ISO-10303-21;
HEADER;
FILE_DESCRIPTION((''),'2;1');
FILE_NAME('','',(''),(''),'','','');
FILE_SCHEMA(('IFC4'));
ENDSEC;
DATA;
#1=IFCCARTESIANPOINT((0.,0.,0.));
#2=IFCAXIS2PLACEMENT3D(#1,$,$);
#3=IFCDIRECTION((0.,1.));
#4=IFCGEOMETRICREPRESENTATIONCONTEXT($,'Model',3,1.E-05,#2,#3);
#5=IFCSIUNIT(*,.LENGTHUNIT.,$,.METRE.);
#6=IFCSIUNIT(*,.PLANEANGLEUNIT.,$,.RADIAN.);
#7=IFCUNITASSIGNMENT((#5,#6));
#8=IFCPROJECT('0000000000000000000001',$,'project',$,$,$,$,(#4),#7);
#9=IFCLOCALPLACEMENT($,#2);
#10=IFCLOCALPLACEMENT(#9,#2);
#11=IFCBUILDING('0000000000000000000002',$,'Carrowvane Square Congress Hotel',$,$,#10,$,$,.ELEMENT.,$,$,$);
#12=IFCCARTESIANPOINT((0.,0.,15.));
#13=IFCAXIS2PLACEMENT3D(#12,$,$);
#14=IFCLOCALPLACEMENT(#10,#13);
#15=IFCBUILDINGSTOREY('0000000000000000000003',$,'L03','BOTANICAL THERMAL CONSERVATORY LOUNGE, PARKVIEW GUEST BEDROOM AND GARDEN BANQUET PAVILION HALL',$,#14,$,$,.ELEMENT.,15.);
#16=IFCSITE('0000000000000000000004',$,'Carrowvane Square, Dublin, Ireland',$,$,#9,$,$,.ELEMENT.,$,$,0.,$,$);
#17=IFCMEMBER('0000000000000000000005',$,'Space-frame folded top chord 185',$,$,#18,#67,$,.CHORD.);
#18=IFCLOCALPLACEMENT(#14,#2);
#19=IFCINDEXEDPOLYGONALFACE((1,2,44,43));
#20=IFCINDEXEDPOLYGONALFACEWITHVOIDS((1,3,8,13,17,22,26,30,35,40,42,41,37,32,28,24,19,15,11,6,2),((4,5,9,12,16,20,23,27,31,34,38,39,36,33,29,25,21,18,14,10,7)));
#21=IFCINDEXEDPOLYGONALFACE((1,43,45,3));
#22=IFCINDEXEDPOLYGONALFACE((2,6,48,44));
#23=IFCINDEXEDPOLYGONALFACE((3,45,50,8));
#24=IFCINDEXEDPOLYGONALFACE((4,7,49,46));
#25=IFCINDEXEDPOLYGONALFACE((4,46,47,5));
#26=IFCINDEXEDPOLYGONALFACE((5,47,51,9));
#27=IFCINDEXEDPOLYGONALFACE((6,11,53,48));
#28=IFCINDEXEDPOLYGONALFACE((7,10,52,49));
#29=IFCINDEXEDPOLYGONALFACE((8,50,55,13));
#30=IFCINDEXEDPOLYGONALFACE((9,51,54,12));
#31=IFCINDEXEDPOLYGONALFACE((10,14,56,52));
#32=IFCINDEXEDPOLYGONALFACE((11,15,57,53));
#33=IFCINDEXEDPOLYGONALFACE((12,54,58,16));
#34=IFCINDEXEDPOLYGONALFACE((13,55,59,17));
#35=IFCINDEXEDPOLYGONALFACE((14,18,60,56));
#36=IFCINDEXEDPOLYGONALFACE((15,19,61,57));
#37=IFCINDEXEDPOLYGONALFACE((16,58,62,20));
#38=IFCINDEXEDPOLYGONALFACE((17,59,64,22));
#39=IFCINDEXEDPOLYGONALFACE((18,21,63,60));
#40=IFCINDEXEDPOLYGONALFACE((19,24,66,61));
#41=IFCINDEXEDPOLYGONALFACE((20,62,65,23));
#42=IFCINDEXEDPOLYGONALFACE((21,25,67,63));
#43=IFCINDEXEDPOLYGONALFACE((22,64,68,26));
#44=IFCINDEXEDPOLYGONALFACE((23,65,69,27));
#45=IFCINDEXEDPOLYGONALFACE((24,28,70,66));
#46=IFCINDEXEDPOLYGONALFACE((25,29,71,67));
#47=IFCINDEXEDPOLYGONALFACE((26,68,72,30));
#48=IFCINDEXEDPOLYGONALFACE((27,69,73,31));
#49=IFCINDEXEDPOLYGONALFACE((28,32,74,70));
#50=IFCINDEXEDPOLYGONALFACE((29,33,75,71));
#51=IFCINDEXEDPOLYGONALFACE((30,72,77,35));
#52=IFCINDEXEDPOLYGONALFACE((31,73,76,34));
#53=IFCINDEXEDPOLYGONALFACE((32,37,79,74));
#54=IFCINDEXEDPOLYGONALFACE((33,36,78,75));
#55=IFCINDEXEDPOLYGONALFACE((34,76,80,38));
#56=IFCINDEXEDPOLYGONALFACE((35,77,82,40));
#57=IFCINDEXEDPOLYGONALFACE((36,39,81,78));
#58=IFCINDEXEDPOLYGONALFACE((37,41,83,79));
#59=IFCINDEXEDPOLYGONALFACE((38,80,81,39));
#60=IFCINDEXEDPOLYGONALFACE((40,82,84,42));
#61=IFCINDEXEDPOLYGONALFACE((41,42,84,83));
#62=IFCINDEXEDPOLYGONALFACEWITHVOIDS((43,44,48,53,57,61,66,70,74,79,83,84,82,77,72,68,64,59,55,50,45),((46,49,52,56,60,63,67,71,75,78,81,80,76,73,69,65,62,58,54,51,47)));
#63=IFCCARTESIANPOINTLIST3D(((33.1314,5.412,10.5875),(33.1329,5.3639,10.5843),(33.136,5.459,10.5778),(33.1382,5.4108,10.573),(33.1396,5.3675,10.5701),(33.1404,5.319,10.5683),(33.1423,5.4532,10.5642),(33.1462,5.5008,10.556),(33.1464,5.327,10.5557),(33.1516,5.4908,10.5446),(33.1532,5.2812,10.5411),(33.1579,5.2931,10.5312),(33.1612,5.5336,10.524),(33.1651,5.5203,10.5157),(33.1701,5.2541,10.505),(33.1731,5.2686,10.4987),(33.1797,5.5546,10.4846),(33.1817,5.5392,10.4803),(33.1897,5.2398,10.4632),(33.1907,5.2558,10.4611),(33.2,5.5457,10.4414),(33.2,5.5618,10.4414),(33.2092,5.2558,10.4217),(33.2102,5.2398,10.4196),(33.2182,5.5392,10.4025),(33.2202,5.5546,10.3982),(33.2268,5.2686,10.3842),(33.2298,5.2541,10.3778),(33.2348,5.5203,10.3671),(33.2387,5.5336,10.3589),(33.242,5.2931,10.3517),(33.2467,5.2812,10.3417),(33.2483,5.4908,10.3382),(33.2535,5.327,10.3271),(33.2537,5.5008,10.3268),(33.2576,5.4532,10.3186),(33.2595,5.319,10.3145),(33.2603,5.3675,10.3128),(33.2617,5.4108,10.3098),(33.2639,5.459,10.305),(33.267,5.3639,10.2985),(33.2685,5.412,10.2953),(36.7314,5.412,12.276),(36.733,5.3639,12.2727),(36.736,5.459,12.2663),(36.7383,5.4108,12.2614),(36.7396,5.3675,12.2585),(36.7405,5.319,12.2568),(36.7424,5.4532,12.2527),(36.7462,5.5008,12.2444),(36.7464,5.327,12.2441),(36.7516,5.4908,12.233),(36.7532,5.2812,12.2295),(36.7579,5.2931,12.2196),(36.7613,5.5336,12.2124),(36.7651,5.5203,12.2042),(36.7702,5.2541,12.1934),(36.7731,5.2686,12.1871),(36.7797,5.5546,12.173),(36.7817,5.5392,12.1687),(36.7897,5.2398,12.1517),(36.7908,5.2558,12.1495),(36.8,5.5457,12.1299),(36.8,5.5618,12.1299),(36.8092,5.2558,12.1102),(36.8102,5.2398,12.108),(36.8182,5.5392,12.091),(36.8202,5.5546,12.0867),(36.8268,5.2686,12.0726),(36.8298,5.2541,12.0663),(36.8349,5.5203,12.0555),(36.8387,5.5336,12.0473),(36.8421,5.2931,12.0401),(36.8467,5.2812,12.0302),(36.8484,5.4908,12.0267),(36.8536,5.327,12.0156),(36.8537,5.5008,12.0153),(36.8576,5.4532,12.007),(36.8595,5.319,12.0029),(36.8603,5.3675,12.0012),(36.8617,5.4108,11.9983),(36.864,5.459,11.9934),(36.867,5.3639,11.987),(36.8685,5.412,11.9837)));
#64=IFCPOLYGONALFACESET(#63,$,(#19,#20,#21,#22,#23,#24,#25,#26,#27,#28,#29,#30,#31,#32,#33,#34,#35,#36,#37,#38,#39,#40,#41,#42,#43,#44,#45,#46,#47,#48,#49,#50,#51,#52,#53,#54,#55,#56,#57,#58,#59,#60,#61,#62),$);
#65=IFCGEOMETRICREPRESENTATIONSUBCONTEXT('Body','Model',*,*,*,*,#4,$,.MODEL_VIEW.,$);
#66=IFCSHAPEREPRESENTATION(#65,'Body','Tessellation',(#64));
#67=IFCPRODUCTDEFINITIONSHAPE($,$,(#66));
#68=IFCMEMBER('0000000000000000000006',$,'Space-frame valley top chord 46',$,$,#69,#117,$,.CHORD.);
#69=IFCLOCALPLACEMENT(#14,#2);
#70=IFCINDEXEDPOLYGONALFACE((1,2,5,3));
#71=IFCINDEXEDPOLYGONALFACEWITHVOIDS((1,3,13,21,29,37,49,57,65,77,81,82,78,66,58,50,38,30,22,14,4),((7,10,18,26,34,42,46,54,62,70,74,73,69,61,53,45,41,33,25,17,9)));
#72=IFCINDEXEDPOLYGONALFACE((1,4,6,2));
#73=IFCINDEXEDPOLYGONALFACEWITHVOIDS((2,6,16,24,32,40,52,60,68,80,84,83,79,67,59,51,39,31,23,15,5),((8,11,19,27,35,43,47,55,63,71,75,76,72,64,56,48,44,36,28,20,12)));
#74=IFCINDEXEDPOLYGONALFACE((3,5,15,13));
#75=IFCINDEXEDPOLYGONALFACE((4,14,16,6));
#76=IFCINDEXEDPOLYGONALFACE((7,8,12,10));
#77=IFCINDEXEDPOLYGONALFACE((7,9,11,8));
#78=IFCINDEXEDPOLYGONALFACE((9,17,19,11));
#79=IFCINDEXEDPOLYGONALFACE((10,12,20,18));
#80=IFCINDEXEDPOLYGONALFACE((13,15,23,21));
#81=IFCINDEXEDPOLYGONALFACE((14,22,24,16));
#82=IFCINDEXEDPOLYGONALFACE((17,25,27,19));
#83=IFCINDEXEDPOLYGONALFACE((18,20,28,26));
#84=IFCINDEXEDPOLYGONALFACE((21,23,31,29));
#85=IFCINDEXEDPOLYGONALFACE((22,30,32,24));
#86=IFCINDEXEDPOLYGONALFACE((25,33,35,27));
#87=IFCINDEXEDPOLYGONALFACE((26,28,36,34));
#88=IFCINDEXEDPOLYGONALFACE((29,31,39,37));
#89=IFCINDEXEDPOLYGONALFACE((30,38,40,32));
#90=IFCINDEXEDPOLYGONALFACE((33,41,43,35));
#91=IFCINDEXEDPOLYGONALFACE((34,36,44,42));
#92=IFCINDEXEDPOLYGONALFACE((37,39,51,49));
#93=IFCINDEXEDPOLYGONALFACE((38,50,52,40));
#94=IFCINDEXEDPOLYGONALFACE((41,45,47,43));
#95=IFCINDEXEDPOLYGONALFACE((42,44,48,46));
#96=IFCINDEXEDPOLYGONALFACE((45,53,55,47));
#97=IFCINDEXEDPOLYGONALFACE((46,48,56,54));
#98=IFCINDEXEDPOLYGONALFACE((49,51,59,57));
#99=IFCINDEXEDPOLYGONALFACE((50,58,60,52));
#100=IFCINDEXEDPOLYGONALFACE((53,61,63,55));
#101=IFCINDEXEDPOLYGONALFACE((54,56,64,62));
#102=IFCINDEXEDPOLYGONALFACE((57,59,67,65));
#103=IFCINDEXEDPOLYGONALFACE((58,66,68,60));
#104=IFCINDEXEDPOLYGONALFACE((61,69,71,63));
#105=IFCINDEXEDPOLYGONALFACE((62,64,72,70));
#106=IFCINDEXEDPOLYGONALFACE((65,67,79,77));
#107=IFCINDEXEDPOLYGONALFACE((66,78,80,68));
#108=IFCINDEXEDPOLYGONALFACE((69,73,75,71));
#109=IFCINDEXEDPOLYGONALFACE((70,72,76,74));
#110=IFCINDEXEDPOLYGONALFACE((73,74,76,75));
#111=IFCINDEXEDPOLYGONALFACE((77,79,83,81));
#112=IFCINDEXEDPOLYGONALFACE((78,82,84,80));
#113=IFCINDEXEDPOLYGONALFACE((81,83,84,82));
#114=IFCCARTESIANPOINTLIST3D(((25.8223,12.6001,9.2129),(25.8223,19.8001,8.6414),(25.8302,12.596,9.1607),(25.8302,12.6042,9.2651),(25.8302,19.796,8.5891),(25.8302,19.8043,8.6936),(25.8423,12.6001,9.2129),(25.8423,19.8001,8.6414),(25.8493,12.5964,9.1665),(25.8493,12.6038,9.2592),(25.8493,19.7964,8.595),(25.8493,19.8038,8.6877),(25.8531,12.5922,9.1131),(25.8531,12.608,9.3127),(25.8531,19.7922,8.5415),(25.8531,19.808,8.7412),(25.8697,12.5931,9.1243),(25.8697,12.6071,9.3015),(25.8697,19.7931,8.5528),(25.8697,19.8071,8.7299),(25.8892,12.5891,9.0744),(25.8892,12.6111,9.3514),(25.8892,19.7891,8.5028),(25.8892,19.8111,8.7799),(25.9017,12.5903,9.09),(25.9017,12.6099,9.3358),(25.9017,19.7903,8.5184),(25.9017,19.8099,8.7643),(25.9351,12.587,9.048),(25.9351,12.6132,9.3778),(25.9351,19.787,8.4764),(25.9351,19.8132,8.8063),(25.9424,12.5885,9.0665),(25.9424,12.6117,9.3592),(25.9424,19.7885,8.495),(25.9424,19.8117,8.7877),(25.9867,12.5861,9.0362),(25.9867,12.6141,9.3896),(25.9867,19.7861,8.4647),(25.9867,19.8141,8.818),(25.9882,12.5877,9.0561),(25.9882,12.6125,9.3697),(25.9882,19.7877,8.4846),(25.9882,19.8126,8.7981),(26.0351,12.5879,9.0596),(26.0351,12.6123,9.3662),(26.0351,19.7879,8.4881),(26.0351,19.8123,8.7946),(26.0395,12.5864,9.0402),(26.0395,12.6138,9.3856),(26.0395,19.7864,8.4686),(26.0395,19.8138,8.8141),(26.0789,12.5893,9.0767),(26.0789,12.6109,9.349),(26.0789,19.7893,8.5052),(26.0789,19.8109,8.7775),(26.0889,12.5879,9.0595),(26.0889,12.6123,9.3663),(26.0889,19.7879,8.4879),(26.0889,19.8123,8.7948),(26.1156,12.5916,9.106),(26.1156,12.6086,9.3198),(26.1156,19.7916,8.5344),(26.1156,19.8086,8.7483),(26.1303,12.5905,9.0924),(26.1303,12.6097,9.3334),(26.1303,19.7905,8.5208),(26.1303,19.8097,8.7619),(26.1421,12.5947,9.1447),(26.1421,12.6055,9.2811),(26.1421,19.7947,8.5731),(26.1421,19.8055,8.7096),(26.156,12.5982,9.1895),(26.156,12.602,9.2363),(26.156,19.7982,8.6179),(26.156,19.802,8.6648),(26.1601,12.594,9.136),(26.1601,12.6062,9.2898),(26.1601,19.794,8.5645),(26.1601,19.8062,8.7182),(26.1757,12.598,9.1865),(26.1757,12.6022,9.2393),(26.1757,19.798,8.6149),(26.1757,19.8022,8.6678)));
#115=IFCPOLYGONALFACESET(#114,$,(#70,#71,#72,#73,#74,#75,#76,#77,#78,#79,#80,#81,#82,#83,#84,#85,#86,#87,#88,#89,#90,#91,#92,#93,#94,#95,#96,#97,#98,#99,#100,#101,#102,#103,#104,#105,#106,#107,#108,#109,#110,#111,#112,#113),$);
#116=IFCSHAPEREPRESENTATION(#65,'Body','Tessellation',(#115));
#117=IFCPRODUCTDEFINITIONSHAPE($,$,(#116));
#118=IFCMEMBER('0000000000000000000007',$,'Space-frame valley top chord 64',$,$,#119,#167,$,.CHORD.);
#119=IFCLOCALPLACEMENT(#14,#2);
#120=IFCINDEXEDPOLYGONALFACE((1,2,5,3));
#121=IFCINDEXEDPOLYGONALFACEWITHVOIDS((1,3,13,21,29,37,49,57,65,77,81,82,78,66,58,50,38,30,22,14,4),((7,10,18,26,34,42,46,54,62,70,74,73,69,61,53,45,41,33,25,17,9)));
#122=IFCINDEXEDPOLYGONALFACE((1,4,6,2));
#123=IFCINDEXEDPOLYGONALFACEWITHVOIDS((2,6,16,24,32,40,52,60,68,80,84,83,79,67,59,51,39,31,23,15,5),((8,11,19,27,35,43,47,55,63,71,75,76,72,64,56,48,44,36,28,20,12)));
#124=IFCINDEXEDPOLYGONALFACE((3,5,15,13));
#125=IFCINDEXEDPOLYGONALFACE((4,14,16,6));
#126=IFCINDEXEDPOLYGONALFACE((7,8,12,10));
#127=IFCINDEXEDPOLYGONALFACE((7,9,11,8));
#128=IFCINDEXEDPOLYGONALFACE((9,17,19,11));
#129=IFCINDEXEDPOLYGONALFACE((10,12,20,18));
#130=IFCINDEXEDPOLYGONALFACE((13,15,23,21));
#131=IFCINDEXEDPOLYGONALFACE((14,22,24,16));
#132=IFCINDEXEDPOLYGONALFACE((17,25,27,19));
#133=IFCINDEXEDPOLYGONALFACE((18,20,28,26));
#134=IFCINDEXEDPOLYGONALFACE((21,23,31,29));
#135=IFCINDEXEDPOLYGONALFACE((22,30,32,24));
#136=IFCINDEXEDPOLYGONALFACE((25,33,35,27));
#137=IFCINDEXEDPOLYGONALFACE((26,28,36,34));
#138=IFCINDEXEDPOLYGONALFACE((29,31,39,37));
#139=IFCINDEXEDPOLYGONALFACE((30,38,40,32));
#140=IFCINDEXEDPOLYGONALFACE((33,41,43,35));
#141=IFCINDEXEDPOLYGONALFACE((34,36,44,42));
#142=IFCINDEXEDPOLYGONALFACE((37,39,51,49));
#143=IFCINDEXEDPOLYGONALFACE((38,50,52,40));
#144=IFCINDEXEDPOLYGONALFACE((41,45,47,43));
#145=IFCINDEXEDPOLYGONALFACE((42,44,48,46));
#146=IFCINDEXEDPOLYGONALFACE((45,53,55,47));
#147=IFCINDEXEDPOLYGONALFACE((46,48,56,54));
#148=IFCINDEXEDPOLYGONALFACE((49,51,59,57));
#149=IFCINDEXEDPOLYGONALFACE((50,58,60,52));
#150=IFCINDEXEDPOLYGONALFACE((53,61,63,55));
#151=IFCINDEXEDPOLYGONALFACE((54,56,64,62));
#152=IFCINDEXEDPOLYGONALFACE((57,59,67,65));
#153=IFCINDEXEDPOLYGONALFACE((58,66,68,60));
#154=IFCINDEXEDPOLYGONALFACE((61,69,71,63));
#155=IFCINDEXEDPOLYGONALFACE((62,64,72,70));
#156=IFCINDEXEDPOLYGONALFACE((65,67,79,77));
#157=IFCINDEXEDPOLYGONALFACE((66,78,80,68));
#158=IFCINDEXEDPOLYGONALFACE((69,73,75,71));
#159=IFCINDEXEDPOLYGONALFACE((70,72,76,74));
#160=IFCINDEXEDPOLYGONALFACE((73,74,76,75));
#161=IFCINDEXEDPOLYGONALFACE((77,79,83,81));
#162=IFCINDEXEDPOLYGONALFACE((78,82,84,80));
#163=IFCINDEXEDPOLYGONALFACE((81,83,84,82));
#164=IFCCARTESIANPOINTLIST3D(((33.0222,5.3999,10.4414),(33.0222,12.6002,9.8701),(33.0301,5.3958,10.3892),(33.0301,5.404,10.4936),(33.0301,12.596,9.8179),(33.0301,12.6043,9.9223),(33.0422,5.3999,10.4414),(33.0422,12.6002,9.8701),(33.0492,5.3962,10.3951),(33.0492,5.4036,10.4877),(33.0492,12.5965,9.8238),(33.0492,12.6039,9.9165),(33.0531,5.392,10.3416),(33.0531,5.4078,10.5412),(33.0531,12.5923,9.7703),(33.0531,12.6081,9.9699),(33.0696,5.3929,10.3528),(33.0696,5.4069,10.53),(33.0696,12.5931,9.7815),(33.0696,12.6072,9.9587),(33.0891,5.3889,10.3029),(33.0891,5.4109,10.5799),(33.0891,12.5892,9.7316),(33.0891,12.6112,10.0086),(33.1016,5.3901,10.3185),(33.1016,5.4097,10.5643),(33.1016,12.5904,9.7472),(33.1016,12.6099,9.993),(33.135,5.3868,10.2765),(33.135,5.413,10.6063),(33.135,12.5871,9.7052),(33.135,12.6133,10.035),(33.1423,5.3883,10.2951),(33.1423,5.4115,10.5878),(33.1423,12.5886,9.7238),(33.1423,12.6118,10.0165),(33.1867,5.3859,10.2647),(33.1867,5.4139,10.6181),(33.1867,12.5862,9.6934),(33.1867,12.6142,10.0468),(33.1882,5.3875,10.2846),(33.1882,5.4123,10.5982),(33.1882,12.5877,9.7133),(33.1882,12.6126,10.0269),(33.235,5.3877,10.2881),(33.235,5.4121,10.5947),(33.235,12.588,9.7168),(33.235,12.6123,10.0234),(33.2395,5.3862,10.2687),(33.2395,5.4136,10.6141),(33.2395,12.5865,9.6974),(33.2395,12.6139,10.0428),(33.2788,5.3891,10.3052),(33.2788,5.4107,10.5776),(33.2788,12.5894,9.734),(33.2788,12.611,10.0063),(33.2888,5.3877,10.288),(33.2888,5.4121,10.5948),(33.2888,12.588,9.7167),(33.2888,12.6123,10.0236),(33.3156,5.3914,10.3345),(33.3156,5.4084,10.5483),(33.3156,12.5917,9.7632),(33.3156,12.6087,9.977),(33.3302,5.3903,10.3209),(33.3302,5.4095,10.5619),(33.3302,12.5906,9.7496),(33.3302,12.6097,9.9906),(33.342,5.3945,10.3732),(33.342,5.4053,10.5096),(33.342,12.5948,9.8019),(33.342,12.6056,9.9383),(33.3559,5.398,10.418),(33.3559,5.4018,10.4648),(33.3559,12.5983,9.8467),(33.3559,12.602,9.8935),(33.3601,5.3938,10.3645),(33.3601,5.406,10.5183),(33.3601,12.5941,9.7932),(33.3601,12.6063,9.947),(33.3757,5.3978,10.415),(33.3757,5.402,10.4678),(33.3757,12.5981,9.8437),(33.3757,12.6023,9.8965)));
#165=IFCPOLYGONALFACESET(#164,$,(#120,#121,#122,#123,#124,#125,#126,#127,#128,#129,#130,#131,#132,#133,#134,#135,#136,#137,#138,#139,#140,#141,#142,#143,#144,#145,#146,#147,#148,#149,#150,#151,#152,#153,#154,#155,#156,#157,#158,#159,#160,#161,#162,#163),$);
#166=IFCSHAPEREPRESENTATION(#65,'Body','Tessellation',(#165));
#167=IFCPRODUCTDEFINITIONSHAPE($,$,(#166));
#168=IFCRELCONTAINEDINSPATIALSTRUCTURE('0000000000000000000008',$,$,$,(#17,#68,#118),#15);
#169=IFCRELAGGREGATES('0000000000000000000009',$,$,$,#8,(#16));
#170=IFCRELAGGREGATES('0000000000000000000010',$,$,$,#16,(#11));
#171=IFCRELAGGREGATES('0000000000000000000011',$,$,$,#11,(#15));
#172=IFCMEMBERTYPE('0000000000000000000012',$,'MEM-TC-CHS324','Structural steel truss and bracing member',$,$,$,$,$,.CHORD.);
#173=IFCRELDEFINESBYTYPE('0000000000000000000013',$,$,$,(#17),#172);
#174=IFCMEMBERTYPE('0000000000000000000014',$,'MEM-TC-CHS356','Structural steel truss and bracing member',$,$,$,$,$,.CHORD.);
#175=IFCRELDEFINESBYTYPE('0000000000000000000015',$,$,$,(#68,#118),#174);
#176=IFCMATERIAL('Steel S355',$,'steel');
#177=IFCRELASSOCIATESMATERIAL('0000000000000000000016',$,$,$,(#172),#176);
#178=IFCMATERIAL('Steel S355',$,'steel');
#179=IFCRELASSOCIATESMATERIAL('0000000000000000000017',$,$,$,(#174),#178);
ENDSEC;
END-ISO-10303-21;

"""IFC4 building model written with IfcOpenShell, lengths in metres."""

from ifc_helpers import new_model, si_unit, direction, frame, origin, origin_2d, place, context, subcontext, project, spatial, hollow_circle, extrude, material, material_profile, profile_set, type_object, element, save


model = new_model("IFC4")

# Units and contexts
model_context = context("Model", 3, precision=1e-05, world=origin(), true_north=direction((0.0, 1.0)))
body_context = subcontext(model_context, "Body", "Model", "MODEL_VIEW")
ifc_project = project(units=[si_unit("LENGTHUNIT", "METRE"), si_unit("PLANEANGLEUNIT", "RADIAN")], contexts=[model_context])

# Site, building, storey
site_placement = place(None, origin())
site = spatial("IfcSite", under=ifc_project, at=site_placement, Name="Carrowvane Square, Dublin, Ireland", CompositionType="ELEMENT", RefElevation=0.0)
building_placement = place(site_placement, origin())
building = spatial("IfcBuilding", under=site, at=building_placement, Name="Carrowvane Square Congress Hotel", CompositionType="ELEMENT")
storey_placement = place(building_placement, frame((0.0, 0.0, 15.0)))
storey = spatial("IfcBuildingStorey", under=building, at=storey_placement, Name="L03", Description="BOTANICAL THERMAL CONSERVATORY LOUNGE, PARKVIEW GUEST BEDROOM AND GARDEN BANQUET PAVILION HALL", CompositionType="ELEMENT", Elevation=15.0)

# Members
ifc_material_1 = material(Name="Steel S355", Category="steel")
ifc_material_profile_1 = material_profile(ifc_material_1, hollow_circle(Radius=0.1619, WallThickness=0.0161, at=origin_2d()), Name="CHS 323.9x16")
ifc_profile_set_1 = profile_set([ifc_material_profile_1], Name="Steel S355")
member_type_1 = type_object("IfcMemberType", Name="MEM-TC-CHS324", Description="Structural steel truss and bracing member", PredefinedType="CHORD", material=ifc_profile_set_1)
member_1_placement = place(storey_placement, frame((33.2, 5.3999, 10.4414), z_axis=(0.905369, 0.0, 0.424626), x_axis=(0.0, 1.0, 0.0)))
element("IfcMember", 1, at=member_1_placement, inside=storey, type_object=member_type_1, Name="Space-frame folded top chord 185", PredefinedType="CHORD", context=body_context, shape_type="SweptSolid", body=[
    extrude(hollow_circle(Radius=0.1619, WallThickness=0.0161, at=origin_2d()), origin(), (0.0, 0.0, 1.0), 3.9763),
])
ifc_material_2 = material(Name="Steel S355", Category="steel")
ifc_material_profile_2 = material_profile(ifc_material_2, hollow_circle(Radius=0.1777, WallThickness=0.02, at=origin_2d()), Name="CHS 355.6x20")
ifc_profile_set_2 = profile_set([ifc_material_profile_2], Name="Steel S355")
member_type_2 = type_object("IfcMemberType", Name="MEM-TC-CHS356", Description="Structural steel truss and bracing member", PredefinedType="CHORD", material=ifc_profile_set_2)
member_2_placement = place(storey_placement, frame((26.0, 12.6001, 9.2129), z_axis=(0.0, 0.996864, -0.079131), x_axis=(-1.0, 0.0, 0.0)))
element("IfcMember", 2, at=member_2_placement, inside=storey, type_object=member_type_2, Name="Space-frame valley top chord 46", PredefinedType="CHORD", context=body_context, shape_type="SweptSolid", body=[
    extrude(hollow_circle(Radius=0.1777, WallThickness=0.02, at=origin_2d()), origin(), (0.0, 0.0, 1.0), 7.2227),
])
member_3_placement = place(storey_placement, frame((33.2, 5.3999, 10.4414), z_axis=(0.0, 0.996867, -0.079095), x_axis=(-1.0, 0.0, 0.0)))
element("IfcMember", 3, at=member_3_placement, inside=storey, type_object=member_type_2, Name="Space-frame valley top chord 64", PredefinedType="CHORD", context=body_context, shape_type="SweptSolid", body=[
    extrude(hollow_circle(Radius=0.1777, WallThickness=0.02, at=origin_2d()), origin(), (0.0, 0.0, 1.0), 7.2229),
])

save(model, "model.ifc")
